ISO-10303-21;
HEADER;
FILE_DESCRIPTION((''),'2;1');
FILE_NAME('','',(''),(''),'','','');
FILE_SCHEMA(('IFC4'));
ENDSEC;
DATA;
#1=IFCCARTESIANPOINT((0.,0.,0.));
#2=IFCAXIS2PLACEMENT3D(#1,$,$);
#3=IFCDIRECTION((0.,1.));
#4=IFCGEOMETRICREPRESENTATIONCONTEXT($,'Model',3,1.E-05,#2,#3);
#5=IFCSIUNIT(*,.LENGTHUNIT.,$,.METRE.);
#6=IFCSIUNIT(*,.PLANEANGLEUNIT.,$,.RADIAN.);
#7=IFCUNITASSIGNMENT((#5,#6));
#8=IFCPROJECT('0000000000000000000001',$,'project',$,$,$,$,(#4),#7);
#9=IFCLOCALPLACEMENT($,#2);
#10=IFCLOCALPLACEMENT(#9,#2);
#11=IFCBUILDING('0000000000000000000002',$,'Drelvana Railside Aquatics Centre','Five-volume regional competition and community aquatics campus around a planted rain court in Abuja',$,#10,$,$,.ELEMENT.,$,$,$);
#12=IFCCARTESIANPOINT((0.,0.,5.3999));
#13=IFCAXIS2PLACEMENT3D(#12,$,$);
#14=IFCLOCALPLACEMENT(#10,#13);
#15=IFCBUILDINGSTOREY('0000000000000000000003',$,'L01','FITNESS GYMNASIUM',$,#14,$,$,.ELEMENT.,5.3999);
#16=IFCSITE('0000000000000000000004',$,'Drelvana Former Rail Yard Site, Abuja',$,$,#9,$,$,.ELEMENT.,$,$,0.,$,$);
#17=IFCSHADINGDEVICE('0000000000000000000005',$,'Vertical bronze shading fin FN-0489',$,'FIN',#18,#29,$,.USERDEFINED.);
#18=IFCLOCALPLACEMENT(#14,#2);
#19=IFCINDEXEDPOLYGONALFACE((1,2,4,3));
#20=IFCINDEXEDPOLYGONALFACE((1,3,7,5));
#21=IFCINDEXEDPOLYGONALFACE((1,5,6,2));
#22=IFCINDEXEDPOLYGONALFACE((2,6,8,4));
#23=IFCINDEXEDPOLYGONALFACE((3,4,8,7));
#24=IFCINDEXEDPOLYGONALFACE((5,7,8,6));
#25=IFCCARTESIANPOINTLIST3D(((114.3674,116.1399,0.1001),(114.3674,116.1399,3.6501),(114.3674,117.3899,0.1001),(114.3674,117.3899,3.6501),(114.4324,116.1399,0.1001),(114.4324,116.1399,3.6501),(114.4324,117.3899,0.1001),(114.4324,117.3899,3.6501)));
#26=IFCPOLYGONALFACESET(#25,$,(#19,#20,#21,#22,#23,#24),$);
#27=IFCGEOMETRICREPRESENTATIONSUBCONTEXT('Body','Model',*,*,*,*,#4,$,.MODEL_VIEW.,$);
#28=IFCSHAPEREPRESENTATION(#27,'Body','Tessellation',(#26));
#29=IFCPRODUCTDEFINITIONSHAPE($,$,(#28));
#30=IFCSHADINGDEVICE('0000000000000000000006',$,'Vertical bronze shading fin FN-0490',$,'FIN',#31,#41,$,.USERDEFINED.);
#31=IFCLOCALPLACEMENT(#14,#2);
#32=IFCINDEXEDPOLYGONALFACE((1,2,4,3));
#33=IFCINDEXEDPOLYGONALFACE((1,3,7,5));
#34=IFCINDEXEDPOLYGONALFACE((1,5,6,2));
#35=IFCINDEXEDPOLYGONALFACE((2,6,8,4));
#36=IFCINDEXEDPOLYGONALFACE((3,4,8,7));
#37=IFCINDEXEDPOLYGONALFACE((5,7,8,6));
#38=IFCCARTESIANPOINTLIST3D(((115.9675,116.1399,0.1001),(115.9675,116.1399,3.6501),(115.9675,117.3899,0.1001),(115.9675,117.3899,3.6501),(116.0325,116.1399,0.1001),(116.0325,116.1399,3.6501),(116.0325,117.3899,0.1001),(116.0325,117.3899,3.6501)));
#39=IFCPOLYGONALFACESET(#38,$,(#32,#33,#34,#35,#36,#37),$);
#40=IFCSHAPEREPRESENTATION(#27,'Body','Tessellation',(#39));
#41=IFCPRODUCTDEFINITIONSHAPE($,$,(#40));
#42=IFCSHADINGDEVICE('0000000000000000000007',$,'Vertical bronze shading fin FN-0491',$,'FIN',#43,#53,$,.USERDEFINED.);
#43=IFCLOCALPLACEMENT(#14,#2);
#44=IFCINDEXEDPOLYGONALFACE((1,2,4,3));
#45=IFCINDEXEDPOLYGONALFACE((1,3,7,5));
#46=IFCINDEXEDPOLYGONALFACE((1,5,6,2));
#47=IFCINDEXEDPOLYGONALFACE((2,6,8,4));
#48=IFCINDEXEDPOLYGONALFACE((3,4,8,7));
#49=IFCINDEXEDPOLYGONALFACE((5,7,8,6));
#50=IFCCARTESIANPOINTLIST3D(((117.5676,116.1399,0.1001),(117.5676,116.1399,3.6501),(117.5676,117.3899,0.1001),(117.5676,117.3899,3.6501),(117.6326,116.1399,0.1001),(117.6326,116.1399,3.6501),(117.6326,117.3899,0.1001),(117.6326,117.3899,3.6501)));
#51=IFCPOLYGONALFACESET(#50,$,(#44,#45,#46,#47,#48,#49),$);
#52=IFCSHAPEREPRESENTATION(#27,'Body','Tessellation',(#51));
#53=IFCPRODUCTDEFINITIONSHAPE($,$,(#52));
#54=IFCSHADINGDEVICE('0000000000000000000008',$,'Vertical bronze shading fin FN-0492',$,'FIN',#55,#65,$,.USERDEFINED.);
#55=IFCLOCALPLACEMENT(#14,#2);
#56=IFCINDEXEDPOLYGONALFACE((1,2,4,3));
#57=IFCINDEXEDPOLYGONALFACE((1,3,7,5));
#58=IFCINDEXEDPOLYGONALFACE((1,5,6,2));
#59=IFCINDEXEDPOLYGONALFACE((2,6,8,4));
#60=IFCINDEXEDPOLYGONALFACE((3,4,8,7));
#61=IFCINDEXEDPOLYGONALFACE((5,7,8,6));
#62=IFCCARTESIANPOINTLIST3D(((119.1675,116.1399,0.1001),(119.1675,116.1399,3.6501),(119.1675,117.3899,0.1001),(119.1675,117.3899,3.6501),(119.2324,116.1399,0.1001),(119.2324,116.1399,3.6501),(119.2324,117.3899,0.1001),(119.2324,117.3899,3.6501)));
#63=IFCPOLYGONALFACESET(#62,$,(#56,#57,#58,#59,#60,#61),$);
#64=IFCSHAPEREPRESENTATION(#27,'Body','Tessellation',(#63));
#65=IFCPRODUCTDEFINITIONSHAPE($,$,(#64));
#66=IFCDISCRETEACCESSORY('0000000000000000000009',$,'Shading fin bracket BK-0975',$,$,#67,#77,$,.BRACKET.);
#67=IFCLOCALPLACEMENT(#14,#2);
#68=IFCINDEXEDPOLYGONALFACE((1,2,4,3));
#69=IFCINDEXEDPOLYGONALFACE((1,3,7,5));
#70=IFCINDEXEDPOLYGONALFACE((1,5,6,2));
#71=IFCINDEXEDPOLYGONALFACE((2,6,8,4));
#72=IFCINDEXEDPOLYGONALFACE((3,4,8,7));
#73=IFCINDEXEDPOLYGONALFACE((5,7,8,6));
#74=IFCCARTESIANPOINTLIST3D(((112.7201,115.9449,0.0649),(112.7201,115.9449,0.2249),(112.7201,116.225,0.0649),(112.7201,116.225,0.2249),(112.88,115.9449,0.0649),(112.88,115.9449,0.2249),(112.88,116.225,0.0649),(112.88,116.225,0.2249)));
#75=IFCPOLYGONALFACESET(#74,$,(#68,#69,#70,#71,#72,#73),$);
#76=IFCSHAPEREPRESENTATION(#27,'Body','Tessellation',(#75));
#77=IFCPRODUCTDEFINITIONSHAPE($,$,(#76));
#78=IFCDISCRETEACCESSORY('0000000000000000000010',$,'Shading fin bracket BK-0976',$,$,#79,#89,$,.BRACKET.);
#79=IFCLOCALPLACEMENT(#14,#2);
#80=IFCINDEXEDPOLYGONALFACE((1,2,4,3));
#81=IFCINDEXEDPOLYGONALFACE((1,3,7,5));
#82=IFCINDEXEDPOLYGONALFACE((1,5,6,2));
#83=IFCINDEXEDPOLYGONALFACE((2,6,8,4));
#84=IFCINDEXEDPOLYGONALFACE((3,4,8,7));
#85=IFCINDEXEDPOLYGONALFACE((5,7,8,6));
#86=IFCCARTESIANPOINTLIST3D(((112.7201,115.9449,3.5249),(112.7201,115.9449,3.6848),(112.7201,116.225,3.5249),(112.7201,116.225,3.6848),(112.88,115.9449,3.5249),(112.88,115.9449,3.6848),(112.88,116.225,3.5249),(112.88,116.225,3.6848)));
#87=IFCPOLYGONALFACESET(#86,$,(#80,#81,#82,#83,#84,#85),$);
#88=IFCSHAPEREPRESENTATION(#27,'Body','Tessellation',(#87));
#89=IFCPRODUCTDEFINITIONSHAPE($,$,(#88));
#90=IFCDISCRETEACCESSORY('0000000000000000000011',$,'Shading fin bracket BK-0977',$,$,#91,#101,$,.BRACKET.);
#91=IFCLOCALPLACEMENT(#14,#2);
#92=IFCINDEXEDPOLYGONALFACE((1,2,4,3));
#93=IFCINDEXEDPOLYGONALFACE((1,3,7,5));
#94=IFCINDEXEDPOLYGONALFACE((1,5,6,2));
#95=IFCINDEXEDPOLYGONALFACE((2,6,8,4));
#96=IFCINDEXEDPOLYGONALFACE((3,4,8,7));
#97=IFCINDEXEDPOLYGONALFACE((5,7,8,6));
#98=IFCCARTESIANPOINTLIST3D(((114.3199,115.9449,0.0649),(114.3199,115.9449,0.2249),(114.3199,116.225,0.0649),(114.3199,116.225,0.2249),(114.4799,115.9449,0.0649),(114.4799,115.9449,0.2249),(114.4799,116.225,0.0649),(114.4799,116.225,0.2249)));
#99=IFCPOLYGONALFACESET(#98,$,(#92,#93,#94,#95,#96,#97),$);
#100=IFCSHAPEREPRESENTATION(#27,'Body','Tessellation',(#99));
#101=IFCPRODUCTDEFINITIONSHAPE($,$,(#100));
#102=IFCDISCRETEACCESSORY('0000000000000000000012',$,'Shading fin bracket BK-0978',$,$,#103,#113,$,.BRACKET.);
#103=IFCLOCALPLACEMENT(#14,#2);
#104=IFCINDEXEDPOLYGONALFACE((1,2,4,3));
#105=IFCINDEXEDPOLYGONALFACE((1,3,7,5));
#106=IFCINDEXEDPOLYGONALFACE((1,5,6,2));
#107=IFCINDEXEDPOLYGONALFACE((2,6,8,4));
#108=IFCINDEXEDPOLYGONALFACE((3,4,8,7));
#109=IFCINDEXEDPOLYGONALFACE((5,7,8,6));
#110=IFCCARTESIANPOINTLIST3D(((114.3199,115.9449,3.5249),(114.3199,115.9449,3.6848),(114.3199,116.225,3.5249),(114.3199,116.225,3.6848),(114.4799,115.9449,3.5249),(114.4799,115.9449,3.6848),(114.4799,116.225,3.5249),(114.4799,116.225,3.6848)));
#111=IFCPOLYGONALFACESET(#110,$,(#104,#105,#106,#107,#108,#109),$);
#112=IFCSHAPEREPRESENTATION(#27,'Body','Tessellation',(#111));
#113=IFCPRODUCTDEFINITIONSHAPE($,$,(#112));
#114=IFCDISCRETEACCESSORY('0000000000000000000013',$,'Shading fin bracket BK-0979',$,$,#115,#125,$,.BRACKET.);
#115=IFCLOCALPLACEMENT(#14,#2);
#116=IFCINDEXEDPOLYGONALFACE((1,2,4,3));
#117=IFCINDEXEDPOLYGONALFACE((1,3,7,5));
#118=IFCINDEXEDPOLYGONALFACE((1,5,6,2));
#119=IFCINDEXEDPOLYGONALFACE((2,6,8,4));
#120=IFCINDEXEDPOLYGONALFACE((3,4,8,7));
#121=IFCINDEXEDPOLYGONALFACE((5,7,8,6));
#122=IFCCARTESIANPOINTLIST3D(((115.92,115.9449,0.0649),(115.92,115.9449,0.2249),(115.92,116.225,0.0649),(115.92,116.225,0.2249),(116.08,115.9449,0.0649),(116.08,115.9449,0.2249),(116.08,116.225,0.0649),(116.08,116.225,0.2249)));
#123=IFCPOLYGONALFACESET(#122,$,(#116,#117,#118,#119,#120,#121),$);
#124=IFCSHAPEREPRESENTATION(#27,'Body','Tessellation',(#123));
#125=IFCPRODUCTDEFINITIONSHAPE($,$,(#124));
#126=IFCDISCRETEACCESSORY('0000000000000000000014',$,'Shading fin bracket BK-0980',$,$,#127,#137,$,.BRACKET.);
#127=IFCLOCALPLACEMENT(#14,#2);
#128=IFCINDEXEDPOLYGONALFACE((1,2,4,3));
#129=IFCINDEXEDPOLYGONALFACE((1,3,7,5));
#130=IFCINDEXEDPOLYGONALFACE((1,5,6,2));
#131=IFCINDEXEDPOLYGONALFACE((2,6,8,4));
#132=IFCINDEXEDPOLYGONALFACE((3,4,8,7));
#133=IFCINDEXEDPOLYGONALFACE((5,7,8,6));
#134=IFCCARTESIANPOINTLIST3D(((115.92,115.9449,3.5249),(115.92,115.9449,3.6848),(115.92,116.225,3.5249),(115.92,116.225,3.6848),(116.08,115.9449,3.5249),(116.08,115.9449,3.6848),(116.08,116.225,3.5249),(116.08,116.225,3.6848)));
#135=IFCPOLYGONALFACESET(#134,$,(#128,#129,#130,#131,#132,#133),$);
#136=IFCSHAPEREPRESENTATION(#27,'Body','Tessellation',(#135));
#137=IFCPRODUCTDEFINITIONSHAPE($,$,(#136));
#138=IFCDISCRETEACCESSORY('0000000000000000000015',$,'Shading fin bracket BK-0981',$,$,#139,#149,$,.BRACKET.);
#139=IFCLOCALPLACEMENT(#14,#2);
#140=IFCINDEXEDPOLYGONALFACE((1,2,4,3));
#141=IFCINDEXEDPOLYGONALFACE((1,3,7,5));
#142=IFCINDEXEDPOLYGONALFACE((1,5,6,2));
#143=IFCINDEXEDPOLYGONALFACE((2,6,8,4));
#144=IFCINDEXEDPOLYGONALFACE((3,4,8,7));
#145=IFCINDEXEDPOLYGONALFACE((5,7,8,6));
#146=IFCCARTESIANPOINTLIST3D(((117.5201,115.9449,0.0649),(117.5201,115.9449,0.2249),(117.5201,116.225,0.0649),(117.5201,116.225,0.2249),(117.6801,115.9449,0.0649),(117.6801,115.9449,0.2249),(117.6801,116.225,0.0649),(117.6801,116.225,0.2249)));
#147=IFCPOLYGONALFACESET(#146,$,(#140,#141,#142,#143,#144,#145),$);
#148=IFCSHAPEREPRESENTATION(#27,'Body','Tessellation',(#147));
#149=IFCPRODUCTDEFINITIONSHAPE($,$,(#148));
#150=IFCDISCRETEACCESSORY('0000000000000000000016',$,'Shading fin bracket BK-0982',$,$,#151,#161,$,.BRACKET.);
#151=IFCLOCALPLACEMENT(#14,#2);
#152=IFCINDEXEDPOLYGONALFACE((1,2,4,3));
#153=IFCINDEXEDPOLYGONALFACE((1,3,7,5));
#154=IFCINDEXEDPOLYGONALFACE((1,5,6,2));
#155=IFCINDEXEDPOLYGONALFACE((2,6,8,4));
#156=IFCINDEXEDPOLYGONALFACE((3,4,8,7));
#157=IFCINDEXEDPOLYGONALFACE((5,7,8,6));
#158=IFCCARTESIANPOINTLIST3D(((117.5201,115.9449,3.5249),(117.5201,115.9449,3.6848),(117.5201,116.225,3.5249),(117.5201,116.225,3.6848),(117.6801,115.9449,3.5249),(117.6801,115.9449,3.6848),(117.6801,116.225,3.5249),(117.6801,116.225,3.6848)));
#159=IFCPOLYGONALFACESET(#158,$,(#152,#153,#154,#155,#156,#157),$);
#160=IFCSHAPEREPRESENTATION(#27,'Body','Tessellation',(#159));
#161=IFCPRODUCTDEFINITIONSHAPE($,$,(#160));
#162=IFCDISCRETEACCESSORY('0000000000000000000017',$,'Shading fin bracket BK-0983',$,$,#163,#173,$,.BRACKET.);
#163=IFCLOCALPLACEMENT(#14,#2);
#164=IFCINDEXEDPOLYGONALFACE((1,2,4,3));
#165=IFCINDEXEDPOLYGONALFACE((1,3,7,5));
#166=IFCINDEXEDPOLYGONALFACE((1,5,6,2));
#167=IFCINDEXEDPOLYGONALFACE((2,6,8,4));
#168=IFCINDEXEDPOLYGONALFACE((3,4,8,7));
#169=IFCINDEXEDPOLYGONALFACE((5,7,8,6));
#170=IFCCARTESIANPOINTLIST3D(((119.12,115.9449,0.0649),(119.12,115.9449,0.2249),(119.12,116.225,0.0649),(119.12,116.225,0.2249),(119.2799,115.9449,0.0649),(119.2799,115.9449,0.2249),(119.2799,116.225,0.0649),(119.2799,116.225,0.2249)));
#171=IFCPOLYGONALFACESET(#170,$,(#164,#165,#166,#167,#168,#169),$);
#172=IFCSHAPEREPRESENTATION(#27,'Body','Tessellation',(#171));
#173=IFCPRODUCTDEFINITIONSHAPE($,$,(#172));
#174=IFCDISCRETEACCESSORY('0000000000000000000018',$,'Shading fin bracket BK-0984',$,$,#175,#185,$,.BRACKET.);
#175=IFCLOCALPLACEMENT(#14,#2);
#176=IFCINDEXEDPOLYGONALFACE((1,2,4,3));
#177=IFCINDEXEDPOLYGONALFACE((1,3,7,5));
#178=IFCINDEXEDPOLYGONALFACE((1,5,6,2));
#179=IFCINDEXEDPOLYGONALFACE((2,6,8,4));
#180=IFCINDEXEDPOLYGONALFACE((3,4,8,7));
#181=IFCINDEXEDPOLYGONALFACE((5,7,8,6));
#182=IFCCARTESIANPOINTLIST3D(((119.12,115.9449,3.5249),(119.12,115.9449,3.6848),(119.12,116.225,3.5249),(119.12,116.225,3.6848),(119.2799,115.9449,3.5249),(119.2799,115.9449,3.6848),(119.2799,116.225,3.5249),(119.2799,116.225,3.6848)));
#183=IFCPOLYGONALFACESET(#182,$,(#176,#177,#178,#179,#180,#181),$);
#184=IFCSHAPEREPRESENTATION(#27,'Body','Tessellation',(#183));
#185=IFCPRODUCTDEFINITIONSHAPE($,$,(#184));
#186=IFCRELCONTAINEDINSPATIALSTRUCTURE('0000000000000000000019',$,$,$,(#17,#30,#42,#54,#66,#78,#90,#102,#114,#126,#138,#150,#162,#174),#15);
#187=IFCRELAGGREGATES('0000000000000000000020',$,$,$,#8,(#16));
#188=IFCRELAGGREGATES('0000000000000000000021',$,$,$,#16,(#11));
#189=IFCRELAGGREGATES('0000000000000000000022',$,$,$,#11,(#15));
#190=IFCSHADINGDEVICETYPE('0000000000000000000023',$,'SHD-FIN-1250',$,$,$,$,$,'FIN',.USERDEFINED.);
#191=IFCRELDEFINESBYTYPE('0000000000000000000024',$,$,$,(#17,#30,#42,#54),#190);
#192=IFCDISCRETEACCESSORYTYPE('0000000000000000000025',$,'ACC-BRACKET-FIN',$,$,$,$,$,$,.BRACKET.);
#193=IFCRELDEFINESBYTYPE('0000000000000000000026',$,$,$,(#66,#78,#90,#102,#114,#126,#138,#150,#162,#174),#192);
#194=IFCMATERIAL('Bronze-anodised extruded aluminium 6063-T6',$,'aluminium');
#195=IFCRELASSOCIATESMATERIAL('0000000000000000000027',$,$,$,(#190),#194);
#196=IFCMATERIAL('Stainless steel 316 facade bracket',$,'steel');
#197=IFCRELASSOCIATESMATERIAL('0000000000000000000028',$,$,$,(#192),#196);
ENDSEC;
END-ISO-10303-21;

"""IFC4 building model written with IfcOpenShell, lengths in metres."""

from ifc_helpers import new_model, si_unit, direction, frame, origin, origin_2d, place, context, subcontext, project, spatial, rectangle, extrude, material, type_object, element, save


model = new_model("IFC4")

# Units and contexts
model_context = context("Model", 3, precision=1e-05, world=origin(), true_north=direction((0.0, 1.0)))
body_context = subcontext(model_context, "Body", "Model", "MODEL_VIEW")
ifc_project = project(units=[si_unit("LENGTHUNIT", "METRE"), si_unit("PLANEANGLEUNIT", "RADIAN")], contexts=[model_context])

# Site, building, storey
site_placement = place(None, origin())
site = spatial("IfcSite", under=ifc_project, at=site_placement, Name="Drelvana Former Rail Yard Site, Abuja", CompositionType="ELEMENT", RefElevation=0.0)
building_placement = place(site_placement, origin())
building = spatial("IfcBuilding", under=site, at=building_placement, Name="Drelvana Railside Aquatics Centre", Description="Five-volume regional competition and community aquatics campus around a planted rain court in Abuja", CompositionType="ELEMENT")
storey_placement = place(building_placement, frame((0.0, 0.0, 5.3999)))
storey = spatial("IfcBuildingStorey", under=building, at=storey_placement, Name="L01", Description="FITNESS GYMNASIUM", CompositionType="ELEMENT", Elevation=5.3999)

# Shared definitions
ifc_material_1 = material(Name="Bronze-anodised extruded aluminium 6063-T6", Category="aluminium")

# Shading devices
shading_device_type = type_object("IfcShadingDeviceType", Name="SHD-FIN-1250", ElementType="FIN", PredefinedType="USERDEFINED", material=ifc_material_1)
for number, where, z_axis, x_axis, name in (
    (1, (114.3999, 116.7649, 0.1001), (0.0, 0.0, 1.0), (0.0, 1.0, 0.0), "Vertical bronze shading fin FN-0489"),
    (2, (116.0, 116.7649, 0.1001), (0.0, 0.0, 1.0), (0.0, 1.0, 0.0), "Vertical bronze shading fin FN-0490"),
    (3, (117.6001, 116.7649, 0.1001), (0.0, 0.0, 1.0), (0.0, 1.0, 0.0), "Vertical bronze shading fin FN-0491"),
    (4, (119.2, 116.7649, 0.1001), (0.0, 0.0, 1.0), (0.0, 1.0, 0.0), "Vertical bronze shading fin FN-0492"),
):
    element("IfcShadingDevice", number, at=place(storey_placement, frame(where, z_axis=z_axis, x_axis=x_axis)), inside=storey, type_object=shading_device_type, Name=name, ObjectType="FIN", PredefinedType="USERDEFINED", context=body_context, shape_type="SweptSolid", body=[
        extrude(rectangle(XDim=1.25, YDim=0.0649, at=origin_2d()), origin(), (0.0, 0.0, 1.0), 3.55),
    ])

# Discrete accessories
ifc_material_2 = material(Name="Stainless steel 316 facade bracket", Category="steel")
discrete_accessory_type = type_object("IfcDiscreteAccessoryType", Name="ACC-BRACKET-FIN", PredefinedType="BRACKET", material=ifc_material_2)
for number, where, z_axis, x_axis, name in (
    (5, (112.8, 116.085, 0.0649), (0.0, 0.0, 1.0), (0.0, 1.0, 0.0), "Shading fin bracket BK-0975"),
    (6, (112.8, 116.085, 3.5249), (0.0, 0.0, 1.0), (0.0, 1.0, 0.0), "Shading fin bracket BK-0976"),
    (7, (114.3999, 116.085, 0.0649), (0.0, 0.0, 1.0), (0.0, 1.0, 0.0), "Shading fin bracket BK-0977"),
    (8, (114.3999, 116.085, 3.5249), (0.0, 0.0, 1.0), (0.0, 1.0, 0.0), "Shading fin bracket BK-0978"),
    (9, (116.0, 116.085, 0.0649), (0.0, 0.0, 1.0), (0.0, 1.0, 0.0), "Shading fin bracket BK-0979"),
    (10, (116.0, 116.085, 3.5249), (0.0, 0.0, 1.0), (0.0, 1.0, 0.0), "Shading fin bracket BK-0980"),
    (11, (117.6001, 116.085, 0.0649), (0.0, 0.0, 1.0), (0.0, 1.0, 0.0), "Shading fin bracket BK-0981"),
    (12, (117.6001, 116.085, 3.5249), (0.0, 0.0, 1.0), (0.0, 1.0, 0.0), "Shading fin bracket BK-0982"),
    (13, (119.2, 116.085, 0.0649), (0.0, 0.0, 1.0), (0.0, 1.0, 0.0), "Shading fin bracket BK-0983"),
    (14, (119.2, 116.085, 3.5249), (0.0, 0.0, 1.0), (0.0, 1.0, 0.0), "Shading fin bracket BK-0984"),
):
    element("IfcDiscreteAccessory", number, at=place(storey_placement, frame(where, z_axis=z_axis, x_axis=x_axis)), inside=storey, type_object=discrete_accessory_type, Name=name, PredefinedType="BRACKET", context=body_context, shape_type="SweptSolid", body=[
        extrude(rectangle(XDim=0.28, YDim=0.1599, at=origin_2d()), origin(), (0.0, 0.0, 1.0), 0.1599),
    ])

save(model, "model.ifc")
